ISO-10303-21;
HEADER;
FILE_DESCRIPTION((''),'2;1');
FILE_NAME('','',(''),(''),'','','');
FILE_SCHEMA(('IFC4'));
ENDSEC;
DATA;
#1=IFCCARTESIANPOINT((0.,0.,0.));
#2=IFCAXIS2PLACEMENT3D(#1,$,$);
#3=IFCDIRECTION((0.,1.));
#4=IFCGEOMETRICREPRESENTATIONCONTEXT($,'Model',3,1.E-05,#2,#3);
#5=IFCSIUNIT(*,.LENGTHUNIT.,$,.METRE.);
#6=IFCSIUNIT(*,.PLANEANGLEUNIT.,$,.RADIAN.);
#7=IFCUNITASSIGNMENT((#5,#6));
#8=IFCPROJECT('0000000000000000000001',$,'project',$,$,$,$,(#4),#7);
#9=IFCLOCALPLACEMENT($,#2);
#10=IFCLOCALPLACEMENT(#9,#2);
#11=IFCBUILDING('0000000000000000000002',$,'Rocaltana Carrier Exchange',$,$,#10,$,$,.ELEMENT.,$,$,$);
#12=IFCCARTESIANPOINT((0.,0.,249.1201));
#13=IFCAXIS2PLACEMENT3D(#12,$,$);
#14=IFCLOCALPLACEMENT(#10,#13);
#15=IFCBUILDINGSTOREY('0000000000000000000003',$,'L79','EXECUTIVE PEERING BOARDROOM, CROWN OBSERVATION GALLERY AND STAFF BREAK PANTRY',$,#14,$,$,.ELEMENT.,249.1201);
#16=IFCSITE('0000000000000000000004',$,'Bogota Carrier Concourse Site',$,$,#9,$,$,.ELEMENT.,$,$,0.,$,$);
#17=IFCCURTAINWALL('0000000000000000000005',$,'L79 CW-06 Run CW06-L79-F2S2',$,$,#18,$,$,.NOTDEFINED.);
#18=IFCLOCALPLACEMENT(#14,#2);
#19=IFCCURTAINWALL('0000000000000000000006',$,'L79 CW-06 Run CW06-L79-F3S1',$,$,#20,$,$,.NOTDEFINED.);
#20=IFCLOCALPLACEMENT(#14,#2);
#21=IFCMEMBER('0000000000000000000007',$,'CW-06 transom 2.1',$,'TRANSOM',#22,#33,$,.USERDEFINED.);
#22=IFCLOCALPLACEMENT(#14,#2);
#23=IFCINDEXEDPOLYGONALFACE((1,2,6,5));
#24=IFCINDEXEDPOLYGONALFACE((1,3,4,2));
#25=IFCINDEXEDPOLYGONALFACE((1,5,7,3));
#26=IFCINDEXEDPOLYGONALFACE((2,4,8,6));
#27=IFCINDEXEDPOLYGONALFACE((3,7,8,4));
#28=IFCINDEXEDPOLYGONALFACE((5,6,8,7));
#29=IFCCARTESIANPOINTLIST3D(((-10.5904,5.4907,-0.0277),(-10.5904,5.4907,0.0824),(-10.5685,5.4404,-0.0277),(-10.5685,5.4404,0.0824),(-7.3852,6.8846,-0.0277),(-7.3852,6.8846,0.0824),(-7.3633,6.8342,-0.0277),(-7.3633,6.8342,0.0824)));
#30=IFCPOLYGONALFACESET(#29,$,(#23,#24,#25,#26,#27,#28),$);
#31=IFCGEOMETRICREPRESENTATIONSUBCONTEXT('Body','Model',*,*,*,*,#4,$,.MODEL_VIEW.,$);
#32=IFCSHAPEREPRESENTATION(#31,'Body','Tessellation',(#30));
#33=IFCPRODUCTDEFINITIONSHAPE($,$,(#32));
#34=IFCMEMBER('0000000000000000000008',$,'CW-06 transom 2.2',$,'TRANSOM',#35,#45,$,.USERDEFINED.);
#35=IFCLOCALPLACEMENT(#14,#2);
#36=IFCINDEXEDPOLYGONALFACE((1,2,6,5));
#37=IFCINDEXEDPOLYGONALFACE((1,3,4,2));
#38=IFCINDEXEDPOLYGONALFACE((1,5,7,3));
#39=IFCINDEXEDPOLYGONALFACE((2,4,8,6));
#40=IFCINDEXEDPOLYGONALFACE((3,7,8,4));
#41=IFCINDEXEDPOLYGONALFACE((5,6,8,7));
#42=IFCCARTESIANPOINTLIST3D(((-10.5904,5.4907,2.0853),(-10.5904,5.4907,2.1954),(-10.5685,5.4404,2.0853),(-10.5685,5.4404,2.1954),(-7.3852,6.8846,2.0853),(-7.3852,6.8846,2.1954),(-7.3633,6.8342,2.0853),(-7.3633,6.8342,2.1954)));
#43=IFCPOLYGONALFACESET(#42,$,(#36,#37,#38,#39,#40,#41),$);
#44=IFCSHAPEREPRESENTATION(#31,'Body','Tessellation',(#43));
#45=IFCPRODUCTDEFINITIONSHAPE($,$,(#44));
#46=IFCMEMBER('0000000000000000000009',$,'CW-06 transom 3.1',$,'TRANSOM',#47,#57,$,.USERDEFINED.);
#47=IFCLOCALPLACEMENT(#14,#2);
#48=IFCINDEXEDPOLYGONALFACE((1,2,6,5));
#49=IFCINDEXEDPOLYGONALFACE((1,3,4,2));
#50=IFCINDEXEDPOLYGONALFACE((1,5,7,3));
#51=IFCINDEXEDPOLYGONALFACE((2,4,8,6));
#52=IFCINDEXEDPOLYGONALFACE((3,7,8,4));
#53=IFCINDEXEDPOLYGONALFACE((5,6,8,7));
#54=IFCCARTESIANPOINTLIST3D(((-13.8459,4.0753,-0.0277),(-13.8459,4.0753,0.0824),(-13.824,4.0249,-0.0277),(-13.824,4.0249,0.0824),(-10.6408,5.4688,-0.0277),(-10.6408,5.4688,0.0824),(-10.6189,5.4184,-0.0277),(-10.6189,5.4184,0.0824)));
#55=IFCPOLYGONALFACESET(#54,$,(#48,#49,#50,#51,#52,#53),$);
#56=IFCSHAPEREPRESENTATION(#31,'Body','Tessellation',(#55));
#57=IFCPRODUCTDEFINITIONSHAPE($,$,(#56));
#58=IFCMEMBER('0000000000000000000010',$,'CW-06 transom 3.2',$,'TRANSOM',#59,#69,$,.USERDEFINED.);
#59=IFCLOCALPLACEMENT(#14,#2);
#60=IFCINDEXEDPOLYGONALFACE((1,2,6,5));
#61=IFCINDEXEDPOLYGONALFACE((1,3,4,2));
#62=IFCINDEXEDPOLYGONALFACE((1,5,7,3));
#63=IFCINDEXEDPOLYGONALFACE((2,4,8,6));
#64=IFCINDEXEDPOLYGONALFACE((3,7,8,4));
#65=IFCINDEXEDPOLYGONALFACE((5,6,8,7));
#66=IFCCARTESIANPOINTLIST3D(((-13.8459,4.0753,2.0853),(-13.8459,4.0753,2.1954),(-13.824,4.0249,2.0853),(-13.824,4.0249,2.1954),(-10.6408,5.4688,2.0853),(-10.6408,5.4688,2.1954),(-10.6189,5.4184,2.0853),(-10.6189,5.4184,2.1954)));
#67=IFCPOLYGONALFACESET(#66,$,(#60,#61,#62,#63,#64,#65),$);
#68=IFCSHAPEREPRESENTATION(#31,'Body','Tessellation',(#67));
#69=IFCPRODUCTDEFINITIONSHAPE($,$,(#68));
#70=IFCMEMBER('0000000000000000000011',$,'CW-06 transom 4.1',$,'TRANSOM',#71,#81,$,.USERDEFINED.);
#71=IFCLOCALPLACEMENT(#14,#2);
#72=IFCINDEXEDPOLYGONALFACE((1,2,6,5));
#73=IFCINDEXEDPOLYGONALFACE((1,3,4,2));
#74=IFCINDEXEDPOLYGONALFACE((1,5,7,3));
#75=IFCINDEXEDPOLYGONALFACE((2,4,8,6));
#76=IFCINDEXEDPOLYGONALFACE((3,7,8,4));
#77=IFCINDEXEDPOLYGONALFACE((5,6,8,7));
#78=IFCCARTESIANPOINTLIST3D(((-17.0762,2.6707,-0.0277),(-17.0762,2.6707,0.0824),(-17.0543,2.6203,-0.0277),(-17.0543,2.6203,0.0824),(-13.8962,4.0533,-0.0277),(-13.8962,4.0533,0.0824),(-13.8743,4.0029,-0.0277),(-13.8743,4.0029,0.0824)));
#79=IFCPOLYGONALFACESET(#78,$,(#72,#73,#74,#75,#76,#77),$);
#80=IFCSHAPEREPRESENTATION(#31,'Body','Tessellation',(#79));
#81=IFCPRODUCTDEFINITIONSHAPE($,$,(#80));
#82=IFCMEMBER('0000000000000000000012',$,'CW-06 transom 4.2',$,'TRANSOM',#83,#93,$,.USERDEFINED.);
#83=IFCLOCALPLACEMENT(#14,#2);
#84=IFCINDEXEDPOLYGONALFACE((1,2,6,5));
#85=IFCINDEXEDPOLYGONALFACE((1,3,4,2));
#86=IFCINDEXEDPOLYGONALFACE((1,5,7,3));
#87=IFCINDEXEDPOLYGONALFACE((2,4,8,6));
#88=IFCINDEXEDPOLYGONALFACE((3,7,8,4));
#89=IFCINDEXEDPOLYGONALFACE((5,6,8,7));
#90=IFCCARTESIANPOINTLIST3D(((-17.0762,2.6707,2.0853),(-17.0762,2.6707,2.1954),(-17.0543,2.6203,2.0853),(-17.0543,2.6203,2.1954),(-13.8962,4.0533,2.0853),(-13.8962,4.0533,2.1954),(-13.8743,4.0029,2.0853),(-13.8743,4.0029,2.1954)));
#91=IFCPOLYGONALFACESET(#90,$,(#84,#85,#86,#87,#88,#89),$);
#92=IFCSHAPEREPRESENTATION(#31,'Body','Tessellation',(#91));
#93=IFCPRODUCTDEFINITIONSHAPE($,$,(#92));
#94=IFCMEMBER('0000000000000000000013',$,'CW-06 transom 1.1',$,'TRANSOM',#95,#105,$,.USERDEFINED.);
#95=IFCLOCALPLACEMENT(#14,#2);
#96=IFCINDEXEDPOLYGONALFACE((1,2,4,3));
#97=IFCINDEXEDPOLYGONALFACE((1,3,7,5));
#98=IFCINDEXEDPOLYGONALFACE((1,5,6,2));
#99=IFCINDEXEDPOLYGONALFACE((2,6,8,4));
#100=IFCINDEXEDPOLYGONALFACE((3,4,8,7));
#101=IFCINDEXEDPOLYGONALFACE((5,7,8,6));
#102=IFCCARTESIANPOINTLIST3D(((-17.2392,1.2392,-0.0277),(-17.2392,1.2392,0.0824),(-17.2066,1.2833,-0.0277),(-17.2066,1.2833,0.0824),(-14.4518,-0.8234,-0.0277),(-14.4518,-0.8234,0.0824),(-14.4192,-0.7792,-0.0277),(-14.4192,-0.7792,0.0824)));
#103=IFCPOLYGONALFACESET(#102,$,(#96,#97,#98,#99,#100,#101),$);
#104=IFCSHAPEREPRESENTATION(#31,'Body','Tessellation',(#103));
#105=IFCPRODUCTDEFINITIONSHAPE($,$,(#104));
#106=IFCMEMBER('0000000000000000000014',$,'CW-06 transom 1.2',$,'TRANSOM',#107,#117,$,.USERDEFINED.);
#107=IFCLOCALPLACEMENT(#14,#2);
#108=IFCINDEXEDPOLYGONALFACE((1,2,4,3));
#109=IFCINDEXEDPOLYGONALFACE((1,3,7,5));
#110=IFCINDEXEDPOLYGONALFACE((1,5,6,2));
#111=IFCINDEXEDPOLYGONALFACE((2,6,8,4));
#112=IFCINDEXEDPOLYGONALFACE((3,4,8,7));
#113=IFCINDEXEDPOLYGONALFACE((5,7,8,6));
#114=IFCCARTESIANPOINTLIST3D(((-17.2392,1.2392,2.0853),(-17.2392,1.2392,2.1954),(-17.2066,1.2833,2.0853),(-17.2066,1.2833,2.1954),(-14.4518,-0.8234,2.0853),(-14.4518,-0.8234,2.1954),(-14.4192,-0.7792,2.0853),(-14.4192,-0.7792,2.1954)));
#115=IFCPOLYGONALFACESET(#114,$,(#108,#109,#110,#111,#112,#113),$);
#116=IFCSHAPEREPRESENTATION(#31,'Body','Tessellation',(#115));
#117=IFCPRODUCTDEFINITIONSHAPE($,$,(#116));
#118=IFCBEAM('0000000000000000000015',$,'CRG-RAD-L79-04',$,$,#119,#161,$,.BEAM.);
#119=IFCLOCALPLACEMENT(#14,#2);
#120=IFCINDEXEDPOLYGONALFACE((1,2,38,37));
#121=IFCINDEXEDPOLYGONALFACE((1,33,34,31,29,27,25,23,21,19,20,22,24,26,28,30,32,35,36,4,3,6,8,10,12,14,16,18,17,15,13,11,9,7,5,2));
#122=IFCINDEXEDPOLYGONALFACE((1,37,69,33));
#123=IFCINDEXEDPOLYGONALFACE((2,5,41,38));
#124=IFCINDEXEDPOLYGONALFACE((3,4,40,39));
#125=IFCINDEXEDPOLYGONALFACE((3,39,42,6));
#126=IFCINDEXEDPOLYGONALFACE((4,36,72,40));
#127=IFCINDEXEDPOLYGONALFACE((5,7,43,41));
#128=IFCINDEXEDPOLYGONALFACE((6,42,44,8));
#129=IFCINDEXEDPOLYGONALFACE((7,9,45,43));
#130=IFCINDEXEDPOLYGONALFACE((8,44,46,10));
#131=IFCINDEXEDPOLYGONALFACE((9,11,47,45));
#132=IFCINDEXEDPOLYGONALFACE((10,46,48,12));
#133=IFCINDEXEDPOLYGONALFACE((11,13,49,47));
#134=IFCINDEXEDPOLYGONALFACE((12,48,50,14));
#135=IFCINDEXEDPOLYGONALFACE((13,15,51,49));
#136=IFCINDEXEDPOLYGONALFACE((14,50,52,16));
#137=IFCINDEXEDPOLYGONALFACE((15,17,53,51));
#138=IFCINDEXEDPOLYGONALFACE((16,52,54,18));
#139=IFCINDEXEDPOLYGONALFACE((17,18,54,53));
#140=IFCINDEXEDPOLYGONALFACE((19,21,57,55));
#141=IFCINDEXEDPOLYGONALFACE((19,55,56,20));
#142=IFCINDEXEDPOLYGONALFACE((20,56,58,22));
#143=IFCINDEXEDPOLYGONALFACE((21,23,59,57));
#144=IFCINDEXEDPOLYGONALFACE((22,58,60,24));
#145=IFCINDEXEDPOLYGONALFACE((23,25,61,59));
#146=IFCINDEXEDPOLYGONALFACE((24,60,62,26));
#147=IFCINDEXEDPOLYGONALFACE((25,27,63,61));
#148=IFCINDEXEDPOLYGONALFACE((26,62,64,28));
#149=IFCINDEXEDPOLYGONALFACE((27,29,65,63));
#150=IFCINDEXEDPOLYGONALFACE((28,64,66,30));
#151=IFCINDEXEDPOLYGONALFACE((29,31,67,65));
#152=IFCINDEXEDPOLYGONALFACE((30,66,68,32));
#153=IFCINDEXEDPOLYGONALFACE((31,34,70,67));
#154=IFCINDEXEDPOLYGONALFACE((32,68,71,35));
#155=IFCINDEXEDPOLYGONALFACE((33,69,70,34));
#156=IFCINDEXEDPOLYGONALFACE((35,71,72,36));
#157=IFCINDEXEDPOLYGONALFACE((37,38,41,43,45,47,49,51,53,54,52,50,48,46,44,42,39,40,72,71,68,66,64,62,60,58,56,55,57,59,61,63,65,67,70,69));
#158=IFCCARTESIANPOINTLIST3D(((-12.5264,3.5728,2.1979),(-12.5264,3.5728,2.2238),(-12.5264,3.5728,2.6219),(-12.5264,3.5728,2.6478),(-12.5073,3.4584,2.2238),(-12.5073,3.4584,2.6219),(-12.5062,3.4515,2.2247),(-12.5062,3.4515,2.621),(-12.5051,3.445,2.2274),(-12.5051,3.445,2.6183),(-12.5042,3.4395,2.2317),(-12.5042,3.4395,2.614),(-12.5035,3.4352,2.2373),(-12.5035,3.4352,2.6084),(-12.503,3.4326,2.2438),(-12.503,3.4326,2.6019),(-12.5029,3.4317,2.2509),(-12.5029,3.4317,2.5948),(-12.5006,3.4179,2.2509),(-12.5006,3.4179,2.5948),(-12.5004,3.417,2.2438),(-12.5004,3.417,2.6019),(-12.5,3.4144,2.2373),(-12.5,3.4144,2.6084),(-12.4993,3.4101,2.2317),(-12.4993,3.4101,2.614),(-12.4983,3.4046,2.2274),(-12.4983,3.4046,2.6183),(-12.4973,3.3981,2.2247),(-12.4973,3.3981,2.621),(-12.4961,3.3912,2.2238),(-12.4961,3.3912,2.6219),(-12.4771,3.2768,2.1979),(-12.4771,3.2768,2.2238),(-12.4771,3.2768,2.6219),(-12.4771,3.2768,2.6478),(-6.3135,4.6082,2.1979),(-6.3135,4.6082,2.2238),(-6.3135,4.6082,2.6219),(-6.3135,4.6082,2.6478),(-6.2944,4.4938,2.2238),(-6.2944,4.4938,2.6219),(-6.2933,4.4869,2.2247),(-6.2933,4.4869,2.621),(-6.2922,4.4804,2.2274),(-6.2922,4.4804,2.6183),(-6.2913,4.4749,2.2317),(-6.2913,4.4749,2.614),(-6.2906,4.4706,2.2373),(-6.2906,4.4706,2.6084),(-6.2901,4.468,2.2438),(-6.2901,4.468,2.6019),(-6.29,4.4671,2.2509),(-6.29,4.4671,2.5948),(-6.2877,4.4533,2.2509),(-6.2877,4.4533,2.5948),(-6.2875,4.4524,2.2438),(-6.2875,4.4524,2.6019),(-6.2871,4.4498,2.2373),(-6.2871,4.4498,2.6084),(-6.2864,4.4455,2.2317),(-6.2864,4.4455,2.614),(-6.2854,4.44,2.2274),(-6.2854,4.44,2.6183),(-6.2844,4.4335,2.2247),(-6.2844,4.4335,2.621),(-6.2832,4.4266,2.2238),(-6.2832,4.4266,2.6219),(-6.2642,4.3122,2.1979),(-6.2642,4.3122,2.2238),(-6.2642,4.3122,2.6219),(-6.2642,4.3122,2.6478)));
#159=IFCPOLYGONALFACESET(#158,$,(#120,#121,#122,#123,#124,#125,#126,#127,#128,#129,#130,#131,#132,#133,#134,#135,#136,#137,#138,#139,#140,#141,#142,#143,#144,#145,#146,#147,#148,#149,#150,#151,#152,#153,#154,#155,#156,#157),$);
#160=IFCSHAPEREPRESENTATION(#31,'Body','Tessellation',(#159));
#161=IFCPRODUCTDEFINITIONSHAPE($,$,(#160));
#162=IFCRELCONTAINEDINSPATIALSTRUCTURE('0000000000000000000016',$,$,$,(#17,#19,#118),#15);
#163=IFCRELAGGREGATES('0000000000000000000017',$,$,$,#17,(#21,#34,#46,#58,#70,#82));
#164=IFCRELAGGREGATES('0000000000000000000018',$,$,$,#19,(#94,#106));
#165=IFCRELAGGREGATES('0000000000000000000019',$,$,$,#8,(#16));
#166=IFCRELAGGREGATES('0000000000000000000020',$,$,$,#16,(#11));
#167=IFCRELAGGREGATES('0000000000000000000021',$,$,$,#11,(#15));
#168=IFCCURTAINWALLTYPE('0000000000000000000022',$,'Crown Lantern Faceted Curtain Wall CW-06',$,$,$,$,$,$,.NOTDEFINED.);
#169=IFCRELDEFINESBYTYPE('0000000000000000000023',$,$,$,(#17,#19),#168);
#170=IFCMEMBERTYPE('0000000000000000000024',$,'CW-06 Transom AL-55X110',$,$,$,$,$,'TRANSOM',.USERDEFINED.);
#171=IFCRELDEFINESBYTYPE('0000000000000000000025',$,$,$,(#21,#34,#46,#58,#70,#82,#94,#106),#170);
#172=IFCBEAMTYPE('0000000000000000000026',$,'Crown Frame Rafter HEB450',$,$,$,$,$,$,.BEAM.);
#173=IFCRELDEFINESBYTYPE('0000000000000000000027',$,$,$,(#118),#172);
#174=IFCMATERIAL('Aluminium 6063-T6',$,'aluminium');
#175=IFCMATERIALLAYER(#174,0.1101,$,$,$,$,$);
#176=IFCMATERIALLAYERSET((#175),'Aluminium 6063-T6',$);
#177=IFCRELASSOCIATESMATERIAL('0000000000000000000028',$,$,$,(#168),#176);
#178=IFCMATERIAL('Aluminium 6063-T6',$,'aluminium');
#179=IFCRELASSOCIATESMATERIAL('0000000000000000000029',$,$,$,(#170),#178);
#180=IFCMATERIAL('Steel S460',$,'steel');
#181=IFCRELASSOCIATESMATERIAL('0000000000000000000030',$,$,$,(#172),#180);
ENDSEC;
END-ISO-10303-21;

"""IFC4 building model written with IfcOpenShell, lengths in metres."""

from ifc_helpers import new_model, si_unit, direction, frame, origin, origin_2d, place, context, subcontext, project, spatial, rectangle, i_section, extrude, material, layer, layer_set, material_profile, profile_set, type_object, element, aggregate, save


model = new_model("IFC4")

# Units and contexts
model_context = context("Model", 3, precision=1e-05, world=origin(), true_north=direction((0.0, 1.0)))
body_context = subcontext(model_context, "Body", "Model", "MODEL_VIEW")
ifc_project = project(units=[si_unit("LENGTHUNIT", "METRE"), si_unit("PLANEANGLEUNIT", "RADIAN")], contexts=[model_context])

# Site, building, storey
site_placement = place(None, origin())
site = spatial("IfcSite", under=ifc_project, at=site_placement, Name="Bogota Carrier Concourse Site", CompositionType="ELEMENT", RefElevation=0.0)
building_placement = place(site_placement, origin())
building = spatial("IfcBuilding", under=site, at=building_placement, Name="Rocaltana Carrier Exchange", CompositionType="ELEMENT")
storey_placement = place(building_placement, frame((0.0, 0.0, 249.1201)))
storey = spatial("IfcBuildingStorey", under=building, at=storey_placement, Name="L79", Description="EXECUTIVE PEERING BOARDROOM, CROWN OBSERVATION GALLERY AND STAFF BREAK PANTRY", CompositionType="ELEMENT", Elevation=249.1201)

# Curtain wall
ifc_material_1 = material(Name="Aluminium 6063-T6", Category="aluminium")
ifc_layer_1 = layer(ifc_material_1, 0.1101)
ifc_layer_set_1 = layer_set([ifc_layer_1], Name="Aluminium 6063-T6")
curtain_wall_type = type_object("IfcCurtainWallType", Name="Crown Lantern Faceted Curtain Wall CW-06", PredefinedType="NOTDEFINED", material=ifc_layer_set_1)
curtain_wall_1_placement = place(storey_placement, origin())
curtain_wall_1 = element("IfcCurtainWall", 1, at=curtain_wall_1_placement, inside=storey, type_object=curtain_wall_type, Name="L79 CW-06 Run CW06-L79-F2S2", PredefinedType="NOTDEFINED")

# Curtain wall
curtain_wall_2_placement = place(storey_placement, origin())
curtain_wall_2 = element("IfcCurtainWall", 2, at=curtain_wall_2_placement, inside=storey, type_object=curtain_wall_type, Name="L79 CW-06 Run CW06-L79-F3S1", PredefinedType="NOTDEFINED")

# Members
ifc_material_2 = material(Name="Aluminium 6063-T6", Category="aluminium")
ifc_material_profile_1 = material_profile(ifc_material_2, rectangle(XDim=0.0549, YDim=0.1101, at=origin_2d()), Name="AL-55X110")
ifc_profile_set_1 = profile_set([ifc_material_profile_1], Name="Aluminium 6063-T6")
member_type_1 = type_object("IfcMemberType", Name="CW-06 Transom AL-55X110", ElementType="TRANSOM", PredefinedType="USERDEFINED", material=ifc_profile_set_1)
member_1_placement = place(storey_placement, frame((-7.3743, 6.8594, 0.0273), z_axis=(-0.91704, -0.398795, 0.0), x_axis=(0.398795, -0.91704, 0.0)))
member_1 = element("IfcMember", 3, at=member_1_placement, type_object=member_type_1, Name="CW-06 transom 2.1", ObjectType="TRANSOM", PredefinedType="USERDEFINED", context=body_context, shape_type="SweptSolid", body=[
    extrude(rectangle(XDim=0.0549, YDim=0.1101, at=origin_2d()), origin(), (0.0, 0.0, 1.0), 3.4951),
])
member_2_placement = place(storey_placement, frame((-7.3743, 6.8594, 2.1404), z_axis=(-0.91704, -0.398795, 0.0), x_axis=(0.398795, -0.91704, 0.0)))
member_2 = element("IfcMember", 4, at=member_2_placement, type_object=member_type_1, Name="CW-06 transom 2.2", ObjectType="TRANSOM", PredefinedType="USERDEFINED", context=body_context, shape_type="SweptSolid", body=[
    extrude(rectangle(XDim=0.0549, YDim=0.1101, at=origin_2d()), origin(), (0.0, 0.0, 1.0), 3.4951),
])
member_3_placement = place(storey_placement, frame((-10.6299, 5.4436, 0.0273), z_axis=(-0.917066, -0.398736, 0.0), x_axis=(0.398736, -0.917066, 0.0)))
member_3 = element("IfcMember", 5, at=member_3_placement, type_object=member_type_1, Name="CW-06 transom 3.1", ObjectType="TRANSOM", PredefinedType="USERDEFINED", context=body_context, shape_type="SweptSolid", body=[
    extrude(rectangle(XDim=0.0549, YDim=0.1101, at=origin_2d()), origin(), (0.0, 0.0, 1.0), 3.4949),
])
member_4_placement = place(storey_placement, frame((-10.6299, 5.4436, 2.1404), z_axis=(-0.917066, -0.398736, 0.0), x_axis=(0.398736, -0.917066, 0.0)))
member_4 = element("IfcMember", 6, at=member_4_placement, type_object=member_type_1, Name="CW-06 transom 3.2", ObjectType="TRANSOM", PredefinedType="USERDEFINED", context=body_context, shape_type="SweptSolid", body=[
    extrude(rectangle(XDim=0.0549, YDim=0.1101, at=origin_2d()), origin(), (0.0, 0.0, 1.0), 3.4949),
])
member_5_placement = place(storey_placement, frame((-13.8853, 4.0281, 0.0273), z_axis=(-0.917071, -0.398724, 0.0), x_axis=(0.398724, -0.917071, 0.0)))
member_5 = element("IfcMember", 7, at=member_5_placement, type_object=member_type_1, Name="CW-06 transom 4.1", ObjectType="TRANSOM", PredefinedType="USERDEFINED", context=body_context, shape_type="SweptSolid", body=[
    extrude(rectangle(XDim=0.0549, YDim=0.1101, at=origin_2d()), origin(), (0.0, 0.0, 1.0), 3.4675),
])
member_6_placement = place(storey_placement, frame((-13.8853, 4.0281, 2.1404), z_axis=(-0.917071, -0.398724, 0.0), x_axis=(0.398724, -0.917071, 0.0)))
member_6 = element("IfcMember", 8, at=member_6_placement, type_object=member_type_1, Name="CW-06 transom 4.2", ObjectType="TRANSOM", PredefinedType="USERDEFINED", context=body_context, shape_type="SweptSolid", body=[
    extrude(rectangle(XDim=0.0549, YDim=0.1101, at=origin_2d()), origin(), (0.0, 0.0, 1.0), 3.4675),
])
member_7_placement = place(storey_placement, frame((-17.2229, 1.2612, 0.0273), z_axis=(0.803861, -0.594817, 0.0), x_axis=(0.594817, 0.803861, 0.0)))
member_7 = element("IfcMember", 9, at=member_7_placement, type_object=member_type_1, Name="CW-06 transom 1.1", ObjectType="TRANSOM", PredefinedType="USERDEFINED", context=body_context, shape_type="SweptSolid", body=[
    extrude(rectangle(XDim=0.0549, YDim=0.1101, at=origin_2d()), origin(), (0.0, 0.0, 1.0), 3.4675),
])
member_8_placement = place(storey_placement, frame((-17.2229, 1.2612, 2.1404), z_axis=(0.803861, -0.594817, 0.0), x_axis=(0.594817, 0.803861, 0.0)))
member_8 = element("IfcMember", 10, at=member_8_placement, type_object=member_type_1, Name="CW-06 transom 1.2", ObjectType="TRANSOM", PredefinedType="USERDEFINED", context=body_context, shape_type="SweptSolid", body=[
    extrude(rectangle(XDim=0.0549, YDim=0.1101, at=origin_2d()), origin(), (0.0, 0.0, 1.0), 3.4675),
])

# Beam
ifc_material_3 = material(Name="Steel S460", Category="steel")
ifc_material_profile_2 = material_profile(ifc_material_3, i_section(OverallWidth=0.3, OverallDepth=0.45, WebThickness=0.0139, FlangeThickness=0.0259, FilletRadius=0.0271, at=origin_2d()), Name="HEB450")
ifc_profile_set_2 = profile_set([ifc_material_profile_2], Name="Steel S460")
beam_type_1 = type_object("IfcBeamType", Name="Crown Frame Rafter HEB450", PredefinedType="BEAM", material=ifc_profile_set_2)
beam_1_placement = place(storey_placement, frame((-6.2888, 4.4602, 2.4229), z_axis=(-0.986396, -0.164386, 0.0), x_axis=(0.164386, -0.986396, 0.0)))
element("IfcBeam", 11, at=beam_1_placement, inside=storey, type_object=beam_type_1, Name="CRG-RAD-L79-04", PredefinedType="BEAM", context=body_context, shape_type="SweptSolid", body=[
    extrude(i_section(OverallWidth=0.3, OverallDepth=0.45, WebThickness=0.0139, FlangeThickness=0.0259, FilletRadius=0.0271, at=origin_2d()), origin(), (0.0, 0.0, 1.0), 6.2986),
])

aggregate(curtain_wall_1, [member_1, member_2, member_3, member_4, member_5, member_6])
aggregate(curtain_wall_2, [member_7, member_8])

save(model, "model.ifc")
